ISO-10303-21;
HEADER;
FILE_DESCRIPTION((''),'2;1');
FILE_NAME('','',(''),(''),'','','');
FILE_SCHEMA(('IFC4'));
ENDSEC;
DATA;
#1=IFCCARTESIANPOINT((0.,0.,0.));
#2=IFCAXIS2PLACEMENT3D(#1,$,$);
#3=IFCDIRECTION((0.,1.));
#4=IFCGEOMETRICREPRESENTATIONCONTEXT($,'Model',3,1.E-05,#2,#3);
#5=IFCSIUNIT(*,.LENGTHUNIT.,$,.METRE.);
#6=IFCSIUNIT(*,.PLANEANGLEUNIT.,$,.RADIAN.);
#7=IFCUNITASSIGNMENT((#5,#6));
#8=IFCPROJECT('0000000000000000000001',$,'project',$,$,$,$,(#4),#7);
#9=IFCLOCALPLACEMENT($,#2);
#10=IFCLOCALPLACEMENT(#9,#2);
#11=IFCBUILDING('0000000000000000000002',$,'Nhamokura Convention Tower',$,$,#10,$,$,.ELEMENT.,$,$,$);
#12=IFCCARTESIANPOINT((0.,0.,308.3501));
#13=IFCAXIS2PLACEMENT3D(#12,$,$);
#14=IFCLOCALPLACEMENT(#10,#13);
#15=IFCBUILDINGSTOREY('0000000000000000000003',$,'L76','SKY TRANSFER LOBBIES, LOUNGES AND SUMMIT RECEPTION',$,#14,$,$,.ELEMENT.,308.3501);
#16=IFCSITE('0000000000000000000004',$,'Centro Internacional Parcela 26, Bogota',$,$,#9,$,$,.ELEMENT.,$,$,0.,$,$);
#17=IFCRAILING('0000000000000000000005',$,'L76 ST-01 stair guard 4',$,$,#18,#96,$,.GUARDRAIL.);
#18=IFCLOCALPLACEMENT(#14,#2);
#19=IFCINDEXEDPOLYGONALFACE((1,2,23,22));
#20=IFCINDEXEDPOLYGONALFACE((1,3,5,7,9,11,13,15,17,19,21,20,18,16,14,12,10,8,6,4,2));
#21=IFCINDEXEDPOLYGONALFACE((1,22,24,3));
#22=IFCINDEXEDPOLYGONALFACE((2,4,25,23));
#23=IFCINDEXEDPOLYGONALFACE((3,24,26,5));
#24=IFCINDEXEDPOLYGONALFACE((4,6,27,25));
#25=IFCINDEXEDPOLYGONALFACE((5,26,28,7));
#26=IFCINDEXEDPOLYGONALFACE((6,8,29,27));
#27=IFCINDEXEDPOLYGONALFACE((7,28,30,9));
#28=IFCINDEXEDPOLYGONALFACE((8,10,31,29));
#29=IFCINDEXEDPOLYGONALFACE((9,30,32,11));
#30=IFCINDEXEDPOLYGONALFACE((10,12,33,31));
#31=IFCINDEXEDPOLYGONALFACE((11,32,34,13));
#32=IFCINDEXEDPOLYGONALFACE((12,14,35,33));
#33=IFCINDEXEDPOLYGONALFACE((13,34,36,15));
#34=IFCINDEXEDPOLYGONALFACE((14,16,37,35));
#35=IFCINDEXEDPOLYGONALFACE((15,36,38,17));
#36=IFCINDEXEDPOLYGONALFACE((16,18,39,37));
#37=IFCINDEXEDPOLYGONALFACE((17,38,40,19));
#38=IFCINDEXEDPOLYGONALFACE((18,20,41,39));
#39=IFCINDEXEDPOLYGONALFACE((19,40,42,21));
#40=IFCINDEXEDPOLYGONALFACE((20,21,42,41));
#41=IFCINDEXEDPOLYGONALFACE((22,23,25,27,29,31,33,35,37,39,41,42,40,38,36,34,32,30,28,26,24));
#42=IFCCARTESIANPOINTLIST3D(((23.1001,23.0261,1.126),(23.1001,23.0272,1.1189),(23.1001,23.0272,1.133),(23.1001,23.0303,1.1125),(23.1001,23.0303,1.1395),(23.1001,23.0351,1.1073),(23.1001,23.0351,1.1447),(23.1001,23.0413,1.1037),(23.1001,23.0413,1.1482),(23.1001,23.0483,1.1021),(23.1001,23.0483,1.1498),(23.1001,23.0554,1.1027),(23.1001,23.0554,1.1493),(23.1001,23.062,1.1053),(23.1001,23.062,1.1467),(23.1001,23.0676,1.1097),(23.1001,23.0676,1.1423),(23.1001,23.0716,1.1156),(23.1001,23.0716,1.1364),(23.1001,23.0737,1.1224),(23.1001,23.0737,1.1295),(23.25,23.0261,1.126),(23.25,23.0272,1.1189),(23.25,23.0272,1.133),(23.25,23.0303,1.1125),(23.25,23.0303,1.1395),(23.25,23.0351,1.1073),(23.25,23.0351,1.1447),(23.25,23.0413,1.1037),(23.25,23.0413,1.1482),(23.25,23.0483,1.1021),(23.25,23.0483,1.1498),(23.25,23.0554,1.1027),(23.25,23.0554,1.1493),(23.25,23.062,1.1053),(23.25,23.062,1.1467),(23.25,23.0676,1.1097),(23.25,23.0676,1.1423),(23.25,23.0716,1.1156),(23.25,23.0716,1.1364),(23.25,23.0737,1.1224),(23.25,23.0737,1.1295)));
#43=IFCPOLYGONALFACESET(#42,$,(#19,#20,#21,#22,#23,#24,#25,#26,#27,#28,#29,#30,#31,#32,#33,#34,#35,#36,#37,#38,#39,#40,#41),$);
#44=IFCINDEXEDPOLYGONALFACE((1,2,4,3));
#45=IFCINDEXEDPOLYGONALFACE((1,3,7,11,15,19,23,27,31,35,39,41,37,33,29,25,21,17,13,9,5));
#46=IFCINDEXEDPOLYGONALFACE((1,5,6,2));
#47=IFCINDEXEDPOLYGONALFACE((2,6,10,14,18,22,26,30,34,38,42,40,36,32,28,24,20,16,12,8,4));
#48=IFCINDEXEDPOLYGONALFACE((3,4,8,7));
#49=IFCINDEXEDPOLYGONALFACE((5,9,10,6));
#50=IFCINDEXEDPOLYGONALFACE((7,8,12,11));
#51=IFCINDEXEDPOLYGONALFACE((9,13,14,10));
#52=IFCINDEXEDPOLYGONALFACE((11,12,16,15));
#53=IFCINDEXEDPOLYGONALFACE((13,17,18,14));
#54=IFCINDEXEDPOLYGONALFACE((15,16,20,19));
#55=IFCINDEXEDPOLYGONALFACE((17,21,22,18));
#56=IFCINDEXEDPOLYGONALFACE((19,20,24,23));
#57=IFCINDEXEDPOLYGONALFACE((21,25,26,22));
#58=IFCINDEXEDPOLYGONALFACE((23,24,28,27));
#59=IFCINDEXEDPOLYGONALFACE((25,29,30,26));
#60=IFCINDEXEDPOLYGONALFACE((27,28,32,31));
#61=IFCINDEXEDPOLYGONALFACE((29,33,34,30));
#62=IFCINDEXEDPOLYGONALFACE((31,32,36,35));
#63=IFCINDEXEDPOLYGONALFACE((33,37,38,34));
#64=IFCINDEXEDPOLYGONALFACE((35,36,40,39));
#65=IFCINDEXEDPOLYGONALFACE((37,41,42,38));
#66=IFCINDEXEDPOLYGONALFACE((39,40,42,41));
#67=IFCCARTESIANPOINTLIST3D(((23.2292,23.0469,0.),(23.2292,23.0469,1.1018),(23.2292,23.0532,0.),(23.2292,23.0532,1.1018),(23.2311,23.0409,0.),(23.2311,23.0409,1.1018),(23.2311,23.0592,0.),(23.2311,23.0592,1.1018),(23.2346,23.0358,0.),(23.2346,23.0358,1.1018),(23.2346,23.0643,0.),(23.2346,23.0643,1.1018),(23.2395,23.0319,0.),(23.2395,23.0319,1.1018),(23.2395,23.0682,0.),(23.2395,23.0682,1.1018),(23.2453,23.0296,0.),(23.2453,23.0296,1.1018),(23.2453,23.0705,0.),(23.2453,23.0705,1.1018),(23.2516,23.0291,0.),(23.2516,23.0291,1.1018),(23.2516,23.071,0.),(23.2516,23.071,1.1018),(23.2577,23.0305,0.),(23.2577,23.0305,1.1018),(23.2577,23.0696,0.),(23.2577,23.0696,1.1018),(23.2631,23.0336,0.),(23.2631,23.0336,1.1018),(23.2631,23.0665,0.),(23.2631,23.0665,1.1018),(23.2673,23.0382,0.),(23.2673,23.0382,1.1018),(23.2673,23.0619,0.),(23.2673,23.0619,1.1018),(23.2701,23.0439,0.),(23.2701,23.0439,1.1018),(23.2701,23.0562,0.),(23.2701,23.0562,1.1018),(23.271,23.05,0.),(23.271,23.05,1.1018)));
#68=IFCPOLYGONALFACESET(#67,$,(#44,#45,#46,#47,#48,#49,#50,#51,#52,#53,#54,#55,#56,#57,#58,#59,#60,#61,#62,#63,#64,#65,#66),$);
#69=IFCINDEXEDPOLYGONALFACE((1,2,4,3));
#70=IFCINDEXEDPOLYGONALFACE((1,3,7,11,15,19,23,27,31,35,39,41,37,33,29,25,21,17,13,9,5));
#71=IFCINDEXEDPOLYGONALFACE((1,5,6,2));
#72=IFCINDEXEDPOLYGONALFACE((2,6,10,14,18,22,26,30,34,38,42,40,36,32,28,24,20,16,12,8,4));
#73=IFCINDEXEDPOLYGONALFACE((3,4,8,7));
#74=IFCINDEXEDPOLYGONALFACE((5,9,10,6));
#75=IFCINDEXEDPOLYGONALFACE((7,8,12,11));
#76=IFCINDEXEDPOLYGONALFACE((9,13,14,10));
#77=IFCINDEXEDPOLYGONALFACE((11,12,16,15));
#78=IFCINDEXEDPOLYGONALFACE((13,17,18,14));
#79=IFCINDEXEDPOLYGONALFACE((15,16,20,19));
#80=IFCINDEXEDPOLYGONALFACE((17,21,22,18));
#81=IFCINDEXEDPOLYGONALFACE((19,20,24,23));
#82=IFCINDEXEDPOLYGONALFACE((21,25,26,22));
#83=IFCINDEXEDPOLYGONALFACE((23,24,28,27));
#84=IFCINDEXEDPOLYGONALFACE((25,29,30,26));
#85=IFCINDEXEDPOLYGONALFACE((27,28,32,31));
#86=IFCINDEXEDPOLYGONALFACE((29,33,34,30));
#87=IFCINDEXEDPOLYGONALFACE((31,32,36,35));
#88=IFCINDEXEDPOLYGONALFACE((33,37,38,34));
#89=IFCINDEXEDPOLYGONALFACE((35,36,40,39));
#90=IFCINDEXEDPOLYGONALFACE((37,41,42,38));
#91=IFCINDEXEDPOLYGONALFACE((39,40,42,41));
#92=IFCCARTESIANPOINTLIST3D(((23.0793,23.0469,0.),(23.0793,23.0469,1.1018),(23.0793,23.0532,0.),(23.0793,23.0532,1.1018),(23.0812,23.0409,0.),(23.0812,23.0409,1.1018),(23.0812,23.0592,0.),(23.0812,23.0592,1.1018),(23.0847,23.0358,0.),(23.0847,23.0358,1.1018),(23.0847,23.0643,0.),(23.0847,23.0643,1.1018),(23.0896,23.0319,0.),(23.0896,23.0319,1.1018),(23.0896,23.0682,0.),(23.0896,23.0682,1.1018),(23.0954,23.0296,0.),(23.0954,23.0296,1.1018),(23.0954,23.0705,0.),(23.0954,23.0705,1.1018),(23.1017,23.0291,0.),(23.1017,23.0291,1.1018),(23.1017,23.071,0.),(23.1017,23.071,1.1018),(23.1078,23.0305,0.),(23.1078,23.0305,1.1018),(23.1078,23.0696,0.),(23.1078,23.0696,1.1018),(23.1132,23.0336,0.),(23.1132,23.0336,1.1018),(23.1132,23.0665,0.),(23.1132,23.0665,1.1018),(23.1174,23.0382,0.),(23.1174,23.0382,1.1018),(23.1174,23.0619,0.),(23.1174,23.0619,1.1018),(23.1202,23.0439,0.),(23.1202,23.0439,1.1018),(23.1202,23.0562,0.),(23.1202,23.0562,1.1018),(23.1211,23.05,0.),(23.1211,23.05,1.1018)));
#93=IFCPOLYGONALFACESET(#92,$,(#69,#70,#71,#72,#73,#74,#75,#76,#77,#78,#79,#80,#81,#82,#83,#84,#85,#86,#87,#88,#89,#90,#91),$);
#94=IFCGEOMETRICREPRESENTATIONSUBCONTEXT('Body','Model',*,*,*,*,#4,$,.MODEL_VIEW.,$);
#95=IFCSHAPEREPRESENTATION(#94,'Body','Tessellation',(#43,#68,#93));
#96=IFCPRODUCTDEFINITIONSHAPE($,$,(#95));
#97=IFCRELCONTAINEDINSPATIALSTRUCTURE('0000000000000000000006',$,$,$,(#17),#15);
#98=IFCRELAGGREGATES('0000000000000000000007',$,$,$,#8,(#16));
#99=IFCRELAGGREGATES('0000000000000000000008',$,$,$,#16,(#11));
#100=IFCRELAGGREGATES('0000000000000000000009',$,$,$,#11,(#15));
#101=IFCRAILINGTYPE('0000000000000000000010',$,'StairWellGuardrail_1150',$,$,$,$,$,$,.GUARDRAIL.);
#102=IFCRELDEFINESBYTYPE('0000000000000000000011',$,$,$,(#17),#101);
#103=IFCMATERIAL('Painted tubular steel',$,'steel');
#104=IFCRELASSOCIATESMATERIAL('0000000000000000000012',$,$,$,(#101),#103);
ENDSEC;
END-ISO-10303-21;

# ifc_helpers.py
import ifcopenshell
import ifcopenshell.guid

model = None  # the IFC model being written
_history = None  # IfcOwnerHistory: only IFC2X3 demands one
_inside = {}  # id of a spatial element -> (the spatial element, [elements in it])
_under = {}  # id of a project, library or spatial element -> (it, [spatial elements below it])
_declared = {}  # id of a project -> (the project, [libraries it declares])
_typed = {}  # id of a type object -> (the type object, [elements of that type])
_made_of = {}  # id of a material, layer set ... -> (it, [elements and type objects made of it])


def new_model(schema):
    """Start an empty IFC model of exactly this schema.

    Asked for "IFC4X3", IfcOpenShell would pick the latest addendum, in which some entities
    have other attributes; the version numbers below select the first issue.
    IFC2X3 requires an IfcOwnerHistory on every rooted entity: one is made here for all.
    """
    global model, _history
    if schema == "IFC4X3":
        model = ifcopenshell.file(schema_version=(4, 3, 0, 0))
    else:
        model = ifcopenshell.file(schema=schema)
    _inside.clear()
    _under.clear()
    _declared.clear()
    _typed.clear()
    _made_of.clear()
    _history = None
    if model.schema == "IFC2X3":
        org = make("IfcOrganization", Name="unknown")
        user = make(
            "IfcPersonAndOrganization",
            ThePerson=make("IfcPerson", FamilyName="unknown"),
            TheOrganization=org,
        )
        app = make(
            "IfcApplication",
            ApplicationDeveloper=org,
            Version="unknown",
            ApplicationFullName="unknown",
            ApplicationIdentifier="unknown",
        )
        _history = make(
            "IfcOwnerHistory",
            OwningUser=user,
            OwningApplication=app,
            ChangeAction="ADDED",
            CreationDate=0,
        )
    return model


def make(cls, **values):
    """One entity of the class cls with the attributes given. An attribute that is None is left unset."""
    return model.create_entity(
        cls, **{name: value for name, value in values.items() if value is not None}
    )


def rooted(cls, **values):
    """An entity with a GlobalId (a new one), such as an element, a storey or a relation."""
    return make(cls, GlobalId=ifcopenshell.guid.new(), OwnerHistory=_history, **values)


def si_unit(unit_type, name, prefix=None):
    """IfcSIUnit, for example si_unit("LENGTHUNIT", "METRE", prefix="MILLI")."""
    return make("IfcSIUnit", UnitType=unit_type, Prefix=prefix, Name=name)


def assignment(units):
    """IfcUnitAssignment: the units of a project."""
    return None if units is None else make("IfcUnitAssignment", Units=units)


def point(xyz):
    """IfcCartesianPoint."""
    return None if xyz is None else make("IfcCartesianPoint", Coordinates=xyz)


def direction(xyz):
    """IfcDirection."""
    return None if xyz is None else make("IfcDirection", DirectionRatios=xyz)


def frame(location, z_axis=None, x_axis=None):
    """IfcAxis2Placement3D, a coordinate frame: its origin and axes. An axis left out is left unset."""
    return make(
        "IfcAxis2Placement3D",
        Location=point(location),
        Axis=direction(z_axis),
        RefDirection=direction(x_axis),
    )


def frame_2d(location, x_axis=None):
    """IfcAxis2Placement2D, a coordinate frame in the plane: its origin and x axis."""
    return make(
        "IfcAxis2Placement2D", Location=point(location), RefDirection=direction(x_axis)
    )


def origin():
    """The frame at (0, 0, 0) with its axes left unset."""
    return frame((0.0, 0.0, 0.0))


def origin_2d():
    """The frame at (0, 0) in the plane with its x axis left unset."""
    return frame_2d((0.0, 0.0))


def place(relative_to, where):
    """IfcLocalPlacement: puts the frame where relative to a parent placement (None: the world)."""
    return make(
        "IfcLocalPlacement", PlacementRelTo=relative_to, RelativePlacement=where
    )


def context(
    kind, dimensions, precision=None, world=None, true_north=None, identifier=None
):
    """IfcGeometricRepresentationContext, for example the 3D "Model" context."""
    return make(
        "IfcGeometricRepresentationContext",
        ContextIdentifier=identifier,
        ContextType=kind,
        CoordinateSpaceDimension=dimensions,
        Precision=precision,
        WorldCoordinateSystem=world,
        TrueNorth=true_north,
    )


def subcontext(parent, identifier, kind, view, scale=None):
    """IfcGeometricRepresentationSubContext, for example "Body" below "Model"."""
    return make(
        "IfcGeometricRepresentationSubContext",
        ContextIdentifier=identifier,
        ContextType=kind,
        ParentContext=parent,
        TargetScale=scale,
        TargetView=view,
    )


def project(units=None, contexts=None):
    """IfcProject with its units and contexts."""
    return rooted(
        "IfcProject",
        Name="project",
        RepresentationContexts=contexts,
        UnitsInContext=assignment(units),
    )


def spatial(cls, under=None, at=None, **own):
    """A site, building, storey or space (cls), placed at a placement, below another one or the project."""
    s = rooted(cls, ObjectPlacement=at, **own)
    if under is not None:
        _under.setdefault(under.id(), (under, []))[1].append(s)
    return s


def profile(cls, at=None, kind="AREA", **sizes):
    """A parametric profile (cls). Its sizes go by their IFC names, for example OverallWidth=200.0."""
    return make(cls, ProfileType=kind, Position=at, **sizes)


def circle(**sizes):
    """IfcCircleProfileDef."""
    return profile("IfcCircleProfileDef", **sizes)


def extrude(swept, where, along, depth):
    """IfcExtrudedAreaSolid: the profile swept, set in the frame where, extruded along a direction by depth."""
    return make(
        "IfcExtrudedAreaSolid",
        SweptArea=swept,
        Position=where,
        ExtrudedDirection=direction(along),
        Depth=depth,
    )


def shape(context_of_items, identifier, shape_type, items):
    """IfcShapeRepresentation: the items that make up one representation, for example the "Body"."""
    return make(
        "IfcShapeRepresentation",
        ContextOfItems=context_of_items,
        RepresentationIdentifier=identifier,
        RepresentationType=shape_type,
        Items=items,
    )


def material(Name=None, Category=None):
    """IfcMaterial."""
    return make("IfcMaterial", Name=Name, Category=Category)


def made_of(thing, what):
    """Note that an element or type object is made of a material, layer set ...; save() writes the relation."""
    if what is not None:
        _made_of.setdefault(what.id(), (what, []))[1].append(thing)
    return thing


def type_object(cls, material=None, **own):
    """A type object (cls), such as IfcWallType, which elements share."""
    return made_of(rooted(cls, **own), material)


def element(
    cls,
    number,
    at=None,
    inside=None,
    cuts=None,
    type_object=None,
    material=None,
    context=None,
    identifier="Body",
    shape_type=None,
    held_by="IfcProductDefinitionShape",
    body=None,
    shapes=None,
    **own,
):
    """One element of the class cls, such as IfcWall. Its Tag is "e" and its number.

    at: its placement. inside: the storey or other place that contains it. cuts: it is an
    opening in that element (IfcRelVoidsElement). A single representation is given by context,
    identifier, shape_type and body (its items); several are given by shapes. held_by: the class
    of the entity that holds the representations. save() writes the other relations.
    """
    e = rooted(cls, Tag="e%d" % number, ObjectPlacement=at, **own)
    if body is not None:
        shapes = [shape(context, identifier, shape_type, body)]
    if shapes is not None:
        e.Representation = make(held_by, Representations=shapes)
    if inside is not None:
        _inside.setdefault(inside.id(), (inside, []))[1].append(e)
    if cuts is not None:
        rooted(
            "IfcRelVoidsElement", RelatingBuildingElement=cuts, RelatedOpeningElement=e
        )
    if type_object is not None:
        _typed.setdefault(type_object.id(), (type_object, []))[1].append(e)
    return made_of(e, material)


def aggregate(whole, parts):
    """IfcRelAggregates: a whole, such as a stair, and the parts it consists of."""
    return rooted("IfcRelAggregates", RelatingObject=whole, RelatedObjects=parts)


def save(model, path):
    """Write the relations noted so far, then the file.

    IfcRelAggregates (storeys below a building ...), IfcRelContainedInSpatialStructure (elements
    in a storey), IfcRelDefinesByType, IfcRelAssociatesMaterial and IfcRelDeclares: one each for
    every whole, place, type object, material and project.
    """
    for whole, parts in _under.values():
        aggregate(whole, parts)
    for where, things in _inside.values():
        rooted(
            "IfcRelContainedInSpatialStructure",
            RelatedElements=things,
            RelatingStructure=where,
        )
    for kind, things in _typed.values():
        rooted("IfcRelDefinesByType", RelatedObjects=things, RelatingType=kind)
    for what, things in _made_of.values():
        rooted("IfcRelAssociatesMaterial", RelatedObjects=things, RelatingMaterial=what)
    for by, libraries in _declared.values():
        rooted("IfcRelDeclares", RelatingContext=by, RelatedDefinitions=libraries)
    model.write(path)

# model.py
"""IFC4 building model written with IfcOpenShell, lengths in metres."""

from ifc_helpers import new_model, si_unit, direction, frame, origin, origin_2d, place, context, subcontext, project, spatial, circle, extrude, material, type_object, element, save


model = new_model("IFC4")

# Units and contexts
model_context = context("Model", 3, precision=1e-05, world=origin(), true_north=direction((0.0, 1.0)))
body_context = subcontext(model_context, "Body", "Model", "MODEL_VIEW")
ifc_project = project(units=[si_unit("LENGTHUNIT", "METRE"), si_unit("PLANEANGLEUNIT", "RADIAN")], contexts=[model_context])

# Site, building, storey
site_placement = place(None, origin())
site = spatial("IfcSite", under=ifc_project, at=site_placement, Name="Centro Internacional Parcela 26, Bogota", CompositionType="ELEMENT", RefElevation=0.0)
building_placement = place(site_placement, origin())
building = spatial("IfcBuilding", under=site, at=building_placement, Name="Nhamokura Convention Tower", CompositionType="ELEMENT")
storey_placement = place(building_placement, frame((0.0, 0.0, 308.3501)))
storey = spatial("IfcBuildingStorey", under=building, at=storey_placement, Name="L76", Description="SKY TRANSFER LOBBIES, LOUNGES AND SUMMIT RECEPTION", CompositionType="ELEMENT", Elevation=308.3501)

# Railing
ifc_material_1 = material(Name="Painted tubular steel", Category="steel")
railing_type_1 = type_object("IfcRailingType", Name="StairWellGuardrail_1150", PredefinedType="GUARDRAIL", material=ifc_material_1)
railing_1_placement = place(storey_placement, frame((23.25, 23.05, 0.0)))
element("IfcRailing", 1, at=railing_1_placement, inside=storey, type_object=railing_type_1, Name="L76 ST-01 stair guard 4", PredefinedType="GUARDRAIL", context=body_context, shape_type="SweptSolid", body=[
    extrude(circle(Radius=0.0239, at=origin_2d()), frame((0.0, 0.0, 1.126), z_axis=(-1.0, 0.0, 0.0), x_axis=(0.0, -1.0, 0.0)), (0.0, 0.0, 1.0), 0.1499),
    extrude(circle(Radius=0.021, at=origin_2d()), origin(), (0.0, 0.0, 1.0), 1.1018),
    extrude(circle(Radius=0.021, at=origin_2d()), frame((-0.1499, 0.0, 0.0)), (0.0, 0.0, 1.0), 1.1018),
])

save(model, "model.ifc")
